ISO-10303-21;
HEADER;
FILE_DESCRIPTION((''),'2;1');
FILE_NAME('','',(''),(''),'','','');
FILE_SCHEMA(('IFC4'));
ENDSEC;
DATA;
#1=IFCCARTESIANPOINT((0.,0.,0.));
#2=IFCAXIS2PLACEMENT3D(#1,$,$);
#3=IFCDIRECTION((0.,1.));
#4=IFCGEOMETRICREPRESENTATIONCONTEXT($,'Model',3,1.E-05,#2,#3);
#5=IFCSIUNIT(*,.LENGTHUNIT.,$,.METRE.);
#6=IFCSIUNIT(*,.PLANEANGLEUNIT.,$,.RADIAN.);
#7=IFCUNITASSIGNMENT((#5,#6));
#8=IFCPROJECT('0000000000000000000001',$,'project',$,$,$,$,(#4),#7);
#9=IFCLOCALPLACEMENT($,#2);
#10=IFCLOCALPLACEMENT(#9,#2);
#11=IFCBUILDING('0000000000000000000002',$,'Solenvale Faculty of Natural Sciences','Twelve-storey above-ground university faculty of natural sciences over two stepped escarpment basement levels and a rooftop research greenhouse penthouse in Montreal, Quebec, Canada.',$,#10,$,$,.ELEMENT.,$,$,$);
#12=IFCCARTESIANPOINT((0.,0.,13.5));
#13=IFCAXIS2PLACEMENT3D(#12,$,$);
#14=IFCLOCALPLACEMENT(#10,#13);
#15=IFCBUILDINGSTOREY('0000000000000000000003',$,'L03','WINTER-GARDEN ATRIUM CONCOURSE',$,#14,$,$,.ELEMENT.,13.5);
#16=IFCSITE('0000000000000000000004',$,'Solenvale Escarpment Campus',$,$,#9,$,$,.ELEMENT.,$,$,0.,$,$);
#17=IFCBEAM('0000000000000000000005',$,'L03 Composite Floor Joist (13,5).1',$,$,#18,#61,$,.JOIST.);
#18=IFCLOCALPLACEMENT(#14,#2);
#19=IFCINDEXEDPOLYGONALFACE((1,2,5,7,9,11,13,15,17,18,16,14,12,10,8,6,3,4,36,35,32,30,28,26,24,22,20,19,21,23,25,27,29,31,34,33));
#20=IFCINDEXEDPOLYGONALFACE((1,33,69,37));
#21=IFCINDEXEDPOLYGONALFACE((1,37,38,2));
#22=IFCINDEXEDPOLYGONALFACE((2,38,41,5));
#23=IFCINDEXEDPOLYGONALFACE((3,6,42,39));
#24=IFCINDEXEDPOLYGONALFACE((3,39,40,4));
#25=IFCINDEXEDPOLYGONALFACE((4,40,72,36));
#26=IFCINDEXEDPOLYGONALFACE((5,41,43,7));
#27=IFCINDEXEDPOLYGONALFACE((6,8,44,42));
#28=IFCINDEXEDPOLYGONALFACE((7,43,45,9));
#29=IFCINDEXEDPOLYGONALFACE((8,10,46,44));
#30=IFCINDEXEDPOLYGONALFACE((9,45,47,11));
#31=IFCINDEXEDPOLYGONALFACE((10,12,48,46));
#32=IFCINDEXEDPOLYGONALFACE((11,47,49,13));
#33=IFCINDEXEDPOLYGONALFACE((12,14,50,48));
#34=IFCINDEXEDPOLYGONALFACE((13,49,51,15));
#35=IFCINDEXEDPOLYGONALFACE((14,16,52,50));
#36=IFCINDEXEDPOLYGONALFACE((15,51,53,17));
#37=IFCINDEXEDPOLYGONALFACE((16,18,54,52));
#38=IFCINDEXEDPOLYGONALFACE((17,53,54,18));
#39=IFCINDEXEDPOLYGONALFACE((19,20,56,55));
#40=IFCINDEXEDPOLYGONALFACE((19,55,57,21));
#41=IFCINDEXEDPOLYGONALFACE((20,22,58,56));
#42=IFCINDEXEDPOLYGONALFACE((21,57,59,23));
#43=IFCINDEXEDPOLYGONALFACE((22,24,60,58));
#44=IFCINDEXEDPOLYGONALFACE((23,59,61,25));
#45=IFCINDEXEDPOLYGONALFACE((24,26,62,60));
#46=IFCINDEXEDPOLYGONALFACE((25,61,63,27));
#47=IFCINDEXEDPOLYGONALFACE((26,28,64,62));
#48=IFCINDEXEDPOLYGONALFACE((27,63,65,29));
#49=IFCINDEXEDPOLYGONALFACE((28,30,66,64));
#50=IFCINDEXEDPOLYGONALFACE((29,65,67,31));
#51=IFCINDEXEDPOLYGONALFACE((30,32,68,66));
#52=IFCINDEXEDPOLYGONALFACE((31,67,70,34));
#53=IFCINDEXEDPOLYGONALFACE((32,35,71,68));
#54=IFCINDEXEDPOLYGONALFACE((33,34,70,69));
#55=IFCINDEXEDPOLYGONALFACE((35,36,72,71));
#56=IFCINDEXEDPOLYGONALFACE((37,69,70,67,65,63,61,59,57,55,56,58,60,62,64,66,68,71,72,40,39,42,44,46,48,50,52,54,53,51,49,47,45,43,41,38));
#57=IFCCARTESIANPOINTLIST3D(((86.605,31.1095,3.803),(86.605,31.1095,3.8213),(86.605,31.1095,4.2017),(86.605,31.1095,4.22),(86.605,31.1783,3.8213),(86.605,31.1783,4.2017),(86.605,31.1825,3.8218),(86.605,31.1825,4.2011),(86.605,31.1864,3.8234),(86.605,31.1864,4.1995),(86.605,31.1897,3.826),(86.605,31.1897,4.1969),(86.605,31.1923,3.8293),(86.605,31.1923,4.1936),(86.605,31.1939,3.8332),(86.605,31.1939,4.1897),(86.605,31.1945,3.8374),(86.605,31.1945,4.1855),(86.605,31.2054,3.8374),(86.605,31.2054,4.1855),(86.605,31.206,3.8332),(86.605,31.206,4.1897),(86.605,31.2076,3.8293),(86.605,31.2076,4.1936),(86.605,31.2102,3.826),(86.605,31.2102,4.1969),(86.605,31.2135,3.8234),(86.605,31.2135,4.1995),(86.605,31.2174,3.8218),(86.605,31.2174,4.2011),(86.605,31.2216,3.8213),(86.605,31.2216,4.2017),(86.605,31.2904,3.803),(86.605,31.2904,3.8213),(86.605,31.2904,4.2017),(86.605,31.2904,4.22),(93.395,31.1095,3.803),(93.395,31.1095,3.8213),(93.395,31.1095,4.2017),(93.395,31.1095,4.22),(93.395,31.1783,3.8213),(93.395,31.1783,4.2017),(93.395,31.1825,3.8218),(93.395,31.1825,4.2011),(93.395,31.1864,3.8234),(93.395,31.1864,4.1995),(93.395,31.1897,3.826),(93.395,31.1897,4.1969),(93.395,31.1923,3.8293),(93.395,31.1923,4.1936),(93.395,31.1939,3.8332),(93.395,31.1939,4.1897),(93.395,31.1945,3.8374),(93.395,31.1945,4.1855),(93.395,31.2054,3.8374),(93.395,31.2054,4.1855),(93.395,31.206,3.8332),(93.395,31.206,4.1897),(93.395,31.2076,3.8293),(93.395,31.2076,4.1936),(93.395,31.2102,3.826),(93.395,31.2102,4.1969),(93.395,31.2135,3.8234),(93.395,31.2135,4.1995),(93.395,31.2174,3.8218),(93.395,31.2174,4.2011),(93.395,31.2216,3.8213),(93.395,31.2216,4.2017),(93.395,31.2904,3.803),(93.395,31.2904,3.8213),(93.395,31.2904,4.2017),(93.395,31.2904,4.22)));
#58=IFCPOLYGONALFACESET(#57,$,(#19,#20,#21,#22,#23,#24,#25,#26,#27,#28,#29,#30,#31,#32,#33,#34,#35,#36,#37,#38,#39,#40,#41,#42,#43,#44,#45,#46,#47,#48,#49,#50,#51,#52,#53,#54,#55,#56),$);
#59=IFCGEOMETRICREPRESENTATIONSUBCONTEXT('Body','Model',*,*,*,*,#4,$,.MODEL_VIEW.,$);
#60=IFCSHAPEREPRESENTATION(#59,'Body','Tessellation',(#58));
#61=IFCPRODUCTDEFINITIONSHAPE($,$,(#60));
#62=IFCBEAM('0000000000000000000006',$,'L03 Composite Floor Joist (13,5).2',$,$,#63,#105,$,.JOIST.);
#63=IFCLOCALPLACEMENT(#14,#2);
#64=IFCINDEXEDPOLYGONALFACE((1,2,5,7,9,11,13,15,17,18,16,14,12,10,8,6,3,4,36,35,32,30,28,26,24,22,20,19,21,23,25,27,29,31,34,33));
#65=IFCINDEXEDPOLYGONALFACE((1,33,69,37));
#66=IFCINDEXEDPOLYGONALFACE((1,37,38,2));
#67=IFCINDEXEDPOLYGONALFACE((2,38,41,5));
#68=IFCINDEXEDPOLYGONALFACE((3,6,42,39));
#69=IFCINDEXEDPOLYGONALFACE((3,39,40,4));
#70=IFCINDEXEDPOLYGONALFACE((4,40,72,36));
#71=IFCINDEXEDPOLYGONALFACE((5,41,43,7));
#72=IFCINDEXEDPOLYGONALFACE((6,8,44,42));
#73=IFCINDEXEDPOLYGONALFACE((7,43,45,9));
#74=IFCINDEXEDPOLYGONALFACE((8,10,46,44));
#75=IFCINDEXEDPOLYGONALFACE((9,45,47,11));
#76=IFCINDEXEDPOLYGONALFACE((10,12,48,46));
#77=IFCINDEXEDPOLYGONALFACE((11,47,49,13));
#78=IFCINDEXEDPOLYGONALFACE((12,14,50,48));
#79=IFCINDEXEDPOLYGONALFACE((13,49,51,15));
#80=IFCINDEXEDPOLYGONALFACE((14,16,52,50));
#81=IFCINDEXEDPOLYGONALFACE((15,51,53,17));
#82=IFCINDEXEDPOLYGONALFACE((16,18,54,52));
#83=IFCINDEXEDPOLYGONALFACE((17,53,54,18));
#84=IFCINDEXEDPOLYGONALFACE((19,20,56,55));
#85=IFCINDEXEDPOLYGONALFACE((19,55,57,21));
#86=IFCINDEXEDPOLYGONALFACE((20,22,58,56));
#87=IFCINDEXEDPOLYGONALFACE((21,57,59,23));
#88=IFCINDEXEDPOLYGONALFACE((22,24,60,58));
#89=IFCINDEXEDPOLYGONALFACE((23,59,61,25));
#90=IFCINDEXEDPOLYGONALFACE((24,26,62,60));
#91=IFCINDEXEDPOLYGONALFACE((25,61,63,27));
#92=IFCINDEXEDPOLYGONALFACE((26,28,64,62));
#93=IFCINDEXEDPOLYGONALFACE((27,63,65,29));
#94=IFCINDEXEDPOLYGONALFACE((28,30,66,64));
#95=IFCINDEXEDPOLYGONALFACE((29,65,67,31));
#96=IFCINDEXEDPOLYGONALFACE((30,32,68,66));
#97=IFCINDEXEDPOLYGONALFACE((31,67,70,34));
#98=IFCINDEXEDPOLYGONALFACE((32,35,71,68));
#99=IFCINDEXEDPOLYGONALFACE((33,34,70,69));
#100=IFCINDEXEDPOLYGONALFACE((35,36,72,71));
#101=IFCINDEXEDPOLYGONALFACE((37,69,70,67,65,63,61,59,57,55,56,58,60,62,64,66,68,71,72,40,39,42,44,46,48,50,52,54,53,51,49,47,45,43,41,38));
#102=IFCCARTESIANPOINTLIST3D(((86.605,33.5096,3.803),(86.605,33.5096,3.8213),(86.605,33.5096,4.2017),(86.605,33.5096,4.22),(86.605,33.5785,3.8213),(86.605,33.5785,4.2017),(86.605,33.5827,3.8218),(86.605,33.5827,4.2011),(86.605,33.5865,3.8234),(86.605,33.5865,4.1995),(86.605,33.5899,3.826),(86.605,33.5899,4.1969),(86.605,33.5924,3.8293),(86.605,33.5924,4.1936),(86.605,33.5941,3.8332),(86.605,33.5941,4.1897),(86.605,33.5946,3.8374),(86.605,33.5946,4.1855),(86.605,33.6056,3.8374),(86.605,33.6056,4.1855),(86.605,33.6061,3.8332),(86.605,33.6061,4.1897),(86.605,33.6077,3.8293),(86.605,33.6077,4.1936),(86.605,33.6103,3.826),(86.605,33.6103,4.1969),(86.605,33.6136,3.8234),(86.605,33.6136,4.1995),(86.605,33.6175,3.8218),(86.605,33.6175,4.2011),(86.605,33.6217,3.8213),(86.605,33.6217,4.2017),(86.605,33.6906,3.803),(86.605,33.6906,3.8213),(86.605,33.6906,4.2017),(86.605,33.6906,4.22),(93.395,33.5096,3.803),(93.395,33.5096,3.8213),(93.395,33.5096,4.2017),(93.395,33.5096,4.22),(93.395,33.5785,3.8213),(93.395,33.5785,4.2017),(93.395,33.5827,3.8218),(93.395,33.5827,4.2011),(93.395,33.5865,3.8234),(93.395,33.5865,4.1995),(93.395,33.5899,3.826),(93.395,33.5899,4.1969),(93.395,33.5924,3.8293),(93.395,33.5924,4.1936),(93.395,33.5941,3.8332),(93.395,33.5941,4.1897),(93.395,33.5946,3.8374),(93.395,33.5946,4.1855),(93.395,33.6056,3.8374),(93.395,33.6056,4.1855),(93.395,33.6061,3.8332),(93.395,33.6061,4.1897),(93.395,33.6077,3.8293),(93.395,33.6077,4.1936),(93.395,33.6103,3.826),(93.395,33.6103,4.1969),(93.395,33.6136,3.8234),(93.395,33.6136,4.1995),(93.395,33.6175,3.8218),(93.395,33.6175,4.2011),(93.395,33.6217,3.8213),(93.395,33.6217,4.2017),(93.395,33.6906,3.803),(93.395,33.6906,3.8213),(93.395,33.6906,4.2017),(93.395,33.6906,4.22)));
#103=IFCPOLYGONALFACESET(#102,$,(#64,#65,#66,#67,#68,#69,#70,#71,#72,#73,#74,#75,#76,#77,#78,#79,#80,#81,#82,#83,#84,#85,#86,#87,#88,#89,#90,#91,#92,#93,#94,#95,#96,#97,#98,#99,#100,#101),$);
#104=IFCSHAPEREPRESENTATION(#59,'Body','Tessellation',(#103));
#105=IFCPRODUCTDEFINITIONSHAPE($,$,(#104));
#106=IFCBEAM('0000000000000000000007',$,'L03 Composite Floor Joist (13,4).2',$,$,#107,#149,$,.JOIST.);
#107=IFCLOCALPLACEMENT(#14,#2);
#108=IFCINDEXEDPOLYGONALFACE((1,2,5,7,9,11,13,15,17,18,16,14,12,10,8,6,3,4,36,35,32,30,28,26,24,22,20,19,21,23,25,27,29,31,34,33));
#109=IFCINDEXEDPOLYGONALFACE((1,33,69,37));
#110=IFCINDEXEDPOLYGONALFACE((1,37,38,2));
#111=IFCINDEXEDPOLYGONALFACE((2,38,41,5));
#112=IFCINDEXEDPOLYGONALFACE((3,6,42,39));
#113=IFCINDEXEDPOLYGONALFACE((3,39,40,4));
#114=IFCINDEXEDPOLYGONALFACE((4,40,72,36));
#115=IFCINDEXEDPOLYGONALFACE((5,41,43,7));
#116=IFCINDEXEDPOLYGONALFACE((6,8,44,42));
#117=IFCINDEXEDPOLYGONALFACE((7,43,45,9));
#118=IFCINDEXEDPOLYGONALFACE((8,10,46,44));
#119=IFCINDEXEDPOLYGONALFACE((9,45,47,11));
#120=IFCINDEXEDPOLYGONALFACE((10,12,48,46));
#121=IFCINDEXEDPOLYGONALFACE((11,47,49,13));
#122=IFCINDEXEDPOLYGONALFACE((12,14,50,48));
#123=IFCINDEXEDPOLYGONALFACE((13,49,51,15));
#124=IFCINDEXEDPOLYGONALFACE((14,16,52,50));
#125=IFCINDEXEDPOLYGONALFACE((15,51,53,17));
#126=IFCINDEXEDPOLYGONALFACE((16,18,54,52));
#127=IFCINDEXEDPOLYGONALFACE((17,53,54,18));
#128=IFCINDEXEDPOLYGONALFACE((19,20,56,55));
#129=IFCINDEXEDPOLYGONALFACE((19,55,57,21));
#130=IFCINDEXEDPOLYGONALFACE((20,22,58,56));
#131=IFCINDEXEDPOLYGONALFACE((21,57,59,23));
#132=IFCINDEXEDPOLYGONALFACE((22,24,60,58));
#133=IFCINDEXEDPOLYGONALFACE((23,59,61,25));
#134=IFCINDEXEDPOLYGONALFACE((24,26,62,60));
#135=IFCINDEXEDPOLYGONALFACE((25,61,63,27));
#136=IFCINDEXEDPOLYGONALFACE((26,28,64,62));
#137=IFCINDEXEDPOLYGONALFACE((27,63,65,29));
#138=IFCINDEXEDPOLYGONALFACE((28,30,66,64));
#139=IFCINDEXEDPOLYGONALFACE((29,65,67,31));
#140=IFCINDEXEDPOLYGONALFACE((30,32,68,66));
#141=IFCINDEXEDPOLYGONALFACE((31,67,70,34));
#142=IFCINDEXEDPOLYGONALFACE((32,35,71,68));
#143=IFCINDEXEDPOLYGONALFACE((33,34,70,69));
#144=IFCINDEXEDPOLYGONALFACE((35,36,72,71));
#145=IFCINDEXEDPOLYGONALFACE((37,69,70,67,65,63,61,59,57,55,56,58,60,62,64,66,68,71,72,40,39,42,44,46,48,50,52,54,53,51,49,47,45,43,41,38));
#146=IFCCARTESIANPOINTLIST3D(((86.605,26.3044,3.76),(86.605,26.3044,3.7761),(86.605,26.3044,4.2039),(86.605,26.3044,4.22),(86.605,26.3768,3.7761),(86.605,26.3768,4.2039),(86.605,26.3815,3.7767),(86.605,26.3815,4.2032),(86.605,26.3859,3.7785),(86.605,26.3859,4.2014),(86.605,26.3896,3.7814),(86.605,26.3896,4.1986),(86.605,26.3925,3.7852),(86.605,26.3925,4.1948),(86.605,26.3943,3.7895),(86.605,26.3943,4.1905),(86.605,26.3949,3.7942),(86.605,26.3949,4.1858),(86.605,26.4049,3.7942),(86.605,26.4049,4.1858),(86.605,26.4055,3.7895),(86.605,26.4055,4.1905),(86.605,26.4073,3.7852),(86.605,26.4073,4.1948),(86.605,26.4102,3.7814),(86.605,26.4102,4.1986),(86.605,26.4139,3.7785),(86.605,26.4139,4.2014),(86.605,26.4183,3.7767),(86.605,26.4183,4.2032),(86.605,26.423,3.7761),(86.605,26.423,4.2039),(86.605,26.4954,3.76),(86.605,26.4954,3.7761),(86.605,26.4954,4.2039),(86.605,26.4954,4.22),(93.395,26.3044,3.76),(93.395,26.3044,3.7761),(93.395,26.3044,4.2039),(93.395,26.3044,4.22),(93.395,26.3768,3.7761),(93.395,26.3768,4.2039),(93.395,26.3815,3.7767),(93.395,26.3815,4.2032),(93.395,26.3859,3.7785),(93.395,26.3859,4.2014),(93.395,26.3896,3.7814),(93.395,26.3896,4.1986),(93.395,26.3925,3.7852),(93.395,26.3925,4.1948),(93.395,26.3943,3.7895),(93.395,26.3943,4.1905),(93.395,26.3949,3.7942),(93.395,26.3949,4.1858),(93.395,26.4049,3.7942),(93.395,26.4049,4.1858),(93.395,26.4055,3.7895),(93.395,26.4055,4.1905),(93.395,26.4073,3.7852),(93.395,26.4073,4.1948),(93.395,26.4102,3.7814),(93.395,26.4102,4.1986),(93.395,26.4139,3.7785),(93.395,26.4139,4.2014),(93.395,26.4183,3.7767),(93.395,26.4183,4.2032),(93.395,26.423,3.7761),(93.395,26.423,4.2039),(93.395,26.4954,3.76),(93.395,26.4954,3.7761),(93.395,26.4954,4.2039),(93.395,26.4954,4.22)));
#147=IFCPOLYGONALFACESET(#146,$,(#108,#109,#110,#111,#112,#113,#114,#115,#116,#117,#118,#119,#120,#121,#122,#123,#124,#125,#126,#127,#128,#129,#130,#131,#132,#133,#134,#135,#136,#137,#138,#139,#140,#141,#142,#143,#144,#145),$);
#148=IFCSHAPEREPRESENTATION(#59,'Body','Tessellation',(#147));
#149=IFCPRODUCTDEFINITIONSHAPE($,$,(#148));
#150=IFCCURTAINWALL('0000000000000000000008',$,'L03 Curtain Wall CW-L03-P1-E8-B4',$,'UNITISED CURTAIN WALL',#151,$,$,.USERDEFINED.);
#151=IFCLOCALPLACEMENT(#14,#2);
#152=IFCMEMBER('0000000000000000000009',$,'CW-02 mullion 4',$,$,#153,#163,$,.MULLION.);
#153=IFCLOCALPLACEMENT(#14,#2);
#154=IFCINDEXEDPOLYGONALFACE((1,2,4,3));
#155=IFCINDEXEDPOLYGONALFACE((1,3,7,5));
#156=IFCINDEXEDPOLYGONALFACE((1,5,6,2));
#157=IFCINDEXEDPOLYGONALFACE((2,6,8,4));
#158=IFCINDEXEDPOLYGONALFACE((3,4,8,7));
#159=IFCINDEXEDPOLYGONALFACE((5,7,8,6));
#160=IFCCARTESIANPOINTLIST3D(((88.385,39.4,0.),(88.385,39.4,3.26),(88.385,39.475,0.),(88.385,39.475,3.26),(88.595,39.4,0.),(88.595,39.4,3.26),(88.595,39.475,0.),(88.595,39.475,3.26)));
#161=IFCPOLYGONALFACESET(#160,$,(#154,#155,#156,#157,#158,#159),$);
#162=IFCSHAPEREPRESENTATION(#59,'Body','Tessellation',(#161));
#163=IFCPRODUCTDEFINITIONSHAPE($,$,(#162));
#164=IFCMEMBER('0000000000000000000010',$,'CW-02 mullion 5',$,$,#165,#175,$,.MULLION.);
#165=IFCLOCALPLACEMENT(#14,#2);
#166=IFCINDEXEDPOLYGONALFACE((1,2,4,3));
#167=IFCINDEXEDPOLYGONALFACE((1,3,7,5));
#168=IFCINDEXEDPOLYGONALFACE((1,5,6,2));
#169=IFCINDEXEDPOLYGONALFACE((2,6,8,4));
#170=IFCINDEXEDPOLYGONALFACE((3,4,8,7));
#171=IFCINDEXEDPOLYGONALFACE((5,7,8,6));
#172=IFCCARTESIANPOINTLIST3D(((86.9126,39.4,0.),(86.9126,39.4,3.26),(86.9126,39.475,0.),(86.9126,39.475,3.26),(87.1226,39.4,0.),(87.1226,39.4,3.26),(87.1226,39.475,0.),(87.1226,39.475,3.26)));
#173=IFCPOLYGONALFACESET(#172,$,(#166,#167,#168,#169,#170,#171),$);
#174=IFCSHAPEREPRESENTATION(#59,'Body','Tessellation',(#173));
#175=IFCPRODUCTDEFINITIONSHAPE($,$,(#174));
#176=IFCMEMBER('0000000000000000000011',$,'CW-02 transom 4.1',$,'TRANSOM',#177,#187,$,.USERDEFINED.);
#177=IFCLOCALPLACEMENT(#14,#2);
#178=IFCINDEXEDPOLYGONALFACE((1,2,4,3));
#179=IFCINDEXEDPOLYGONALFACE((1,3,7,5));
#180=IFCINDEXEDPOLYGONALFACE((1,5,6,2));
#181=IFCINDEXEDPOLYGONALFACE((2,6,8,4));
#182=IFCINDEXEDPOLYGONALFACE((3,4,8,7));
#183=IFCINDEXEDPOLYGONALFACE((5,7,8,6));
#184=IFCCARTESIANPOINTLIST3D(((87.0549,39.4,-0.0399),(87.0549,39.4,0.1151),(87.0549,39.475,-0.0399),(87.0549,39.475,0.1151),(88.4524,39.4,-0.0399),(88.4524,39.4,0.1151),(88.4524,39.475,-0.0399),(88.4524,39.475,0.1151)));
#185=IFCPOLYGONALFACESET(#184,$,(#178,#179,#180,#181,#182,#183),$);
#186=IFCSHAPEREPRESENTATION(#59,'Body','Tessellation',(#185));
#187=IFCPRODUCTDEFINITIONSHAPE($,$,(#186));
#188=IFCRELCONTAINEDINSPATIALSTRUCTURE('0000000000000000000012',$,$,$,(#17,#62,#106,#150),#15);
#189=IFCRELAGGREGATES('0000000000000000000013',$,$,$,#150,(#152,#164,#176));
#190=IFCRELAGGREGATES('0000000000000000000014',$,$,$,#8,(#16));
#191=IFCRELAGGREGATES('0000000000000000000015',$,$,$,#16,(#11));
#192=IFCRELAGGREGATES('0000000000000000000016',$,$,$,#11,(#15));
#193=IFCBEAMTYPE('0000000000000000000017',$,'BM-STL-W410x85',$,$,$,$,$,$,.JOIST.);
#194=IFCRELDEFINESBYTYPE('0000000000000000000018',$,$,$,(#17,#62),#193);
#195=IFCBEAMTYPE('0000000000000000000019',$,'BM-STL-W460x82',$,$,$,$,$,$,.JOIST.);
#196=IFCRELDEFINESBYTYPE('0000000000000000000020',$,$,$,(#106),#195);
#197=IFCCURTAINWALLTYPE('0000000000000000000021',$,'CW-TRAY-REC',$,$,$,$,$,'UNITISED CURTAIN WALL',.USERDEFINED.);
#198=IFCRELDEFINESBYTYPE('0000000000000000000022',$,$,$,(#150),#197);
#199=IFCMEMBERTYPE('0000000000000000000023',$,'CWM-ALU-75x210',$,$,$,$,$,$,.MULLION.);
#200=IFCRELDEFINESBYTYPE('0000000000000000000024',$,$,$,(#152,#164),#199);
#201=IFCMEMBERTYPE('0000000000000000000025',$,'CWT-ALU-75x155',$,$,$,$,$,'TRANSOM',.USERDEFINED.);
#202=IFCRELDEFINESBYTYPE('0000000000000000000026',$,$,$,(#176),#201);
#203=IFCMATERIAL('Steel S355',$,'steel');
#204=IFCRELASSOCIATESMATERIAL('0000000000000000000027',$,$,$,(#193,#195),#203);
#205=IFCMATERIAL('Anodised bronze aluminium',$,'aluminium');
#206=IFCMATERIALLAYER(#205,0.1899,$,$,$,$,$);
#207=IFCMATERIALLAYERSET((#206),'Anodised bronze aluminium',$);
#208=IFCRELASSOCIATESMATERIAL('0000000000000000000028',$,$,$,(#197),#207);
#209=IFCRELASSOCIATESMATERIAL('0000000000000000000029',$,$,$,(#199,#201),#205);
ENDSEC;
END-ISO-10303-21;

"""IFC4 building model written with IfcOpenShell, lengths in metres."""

from ifc_helpers import new_model, si_unit, direction, frame, origin, origin_2d, place, context, subcontext, project, spatial, rectangle, i_section, extrude, material, layer, layer_set, material_profile, profile_set, type_object, element, aggregate, save


model = new_model("IFC4")

# Units and contexts
model_context = context("Model", 3, precision=1e-05, world=origin(), true_north=direction((0.0, 1.0)))
body_context = subcontext(model_context, "Body", "Model", "MODEL_VIEW")
ifc_project = project(units=[si_unit("LENGTHUNIT", "METRE"), si_unit("PLANEANGLEUNIT", "RADIAN")], contexts=[model_context])

# Site, building, storey
site_placement = place(None, origin())
site = spatial("IfcSite", under=ifc_project, at=site_placement, Name="Solenvale Escarpment Campus", CompositionType="ELEMENT", RefElevation=0.0)
building_placement = place(site_placement, origin())
building = spatial("IfcBuilding", under=site, at=building_placement, Name="Solenvale Faculty of Natural Sciences", Description="Twelve-storey above-ground university faculty of natural sciences over two stepped escarpment basement levels and a rooftop research greenhouse penthouse in Montreal, Quebec, Canada.", CompositionType="ELEMENT")
storey_placement = place(building_placement, frame((0.0, 0.0, 13.5)))
storey = spatial("IfcBuildingStorey", under=building, at=storey_placement, Name="L03", Description="WINTER-GARDEN ATRIUM CONCOURSE", CompositionType="ELEMENT", Elevation=13.5)

# Beams
ifc_material_1 = material(Name="Steel S355", Category="steel")
ifc_material_profile_1 = material_profile(ifc_material_1, i_section(OverallWidth=0.1809, OverallDepth=0.417, WebThickness=0.011, FlangeThickness=0.0183, FilletRadius=0.0161, at=origin_2d()), Name="W410x85")
ifc_profile_set_1 = profile_set([ifc_material_profile_1], Name="Steel S355")
beam_type_1 = type_object("IfcBeamType", Name="BM-STL-W410x85", PredefinedType="JOIST", material=ifc_profile_set_1)
for number, where, z_axis, x_axis, name in (
    (1, (86.605, 31.2, 4.0115), (1.0, 0.0, 0.0), (0.0, 1.0, 0.0), "L03 Composite Floor Joist (13,5).1"),
    (2, (86.605, 33.6001, 4.0115), (1.0, 0.0, 0.0), (0.0, 1.0, 0.0), "L03 Composite Floor Joist (13,5).2"),
):
    element("IfcBeam", number, at=place(storey_placement, frame(where, z_axis=z_axis, x_axis=x_axis)), inside=storey, type_object=beam_type_1, Name=name, PredefinedType="JOIST", context=body_context, shape_type="SweptSolid", body=[
        extrude(i_section(OverallWidth=0.1809, OverallDepth=0.417, WebThickness=0.011, FlangeThickness=0.0183, FilletRadius=0.0161, at=origin_2d()), origin(), (0.0, 0.0, 1.0), 6.79),
    ])
ifc_material_profile_2 = material_profile(ifc_material_1, i_section(OverallWidth=0.1909, OverallDepth=0.46, WebThickness=0.01, FlangeThickness=0.0161, FilletRadius=0.0181, at=origin_2d()), Name="W460x82")
ifc_profile_set_2 = profile_set([ifc_material_profile_2], Name="Steel S355")
beam_type_2 = type_object("IfcBeamType", Name="BM-STL-W460x82", PredefinedType="JOIST", material=ifc_profile_set_2)
beam_1_placement = place(storey_placement, frame((86.605, 26.3999, 3.99), z_axis=(1.0, 0.0, 0.0), x_axis=(0.0, 1.0, 0.0)))
element("IfcBeam", 3, at=beam_1_placement, inside=storey, type_object=beam_type_2, Name="L03 Composite Floor Joist (13,4).2", PredefinedType="JOIST", context=body_context, shape_type="SweptSolid", body=[
    extrude(i_section(OverallWidth=0.1909, OverallDepth=0.46, WebThickness=0.01, FlangeThickness=0.0161, FilletRadius=0.0181, at=origin_2d()), origin(), (0.0, 0.0, 1.0), 6.79),
])

# Curtain wall, members
ifc_material_2 = material(Name="Anodised bronze aluminium", Category="aluminium")
ifc_layer_1 = layer(ifc_material_2, 0.1899)
ifc_layer_set_1 = layer_set([ifc_layer_1], Name="Anodised bronze aluminium")
curtain_wall_type = type_object("IfcCurtainWallType", Name="CW-TRAY-REC", ElementType="UNITISED CURTAIN WALL", PredefinedType="USERDEFINED", material=ifc_layer_set_1)
curtain_wall_placement = place(storey_placement, origin())
curtain_wall = element("IfcCurtainWall", 4, at=curtain_wall_placement, inside=storey, type_object=curtain_wall_type, Name="L03 Curtain Wall CW-L03-P1-E8-B4", ObjectType="UNITISED CURTAIN WALL", PredefinedType="USERDEFINED")
ifc_material_profile_3 = material_profile(ifc_material_2, rectangle(XDim=0.075, YDim=0.21, at=origin_2d()), Name="ALU-MUL-75x210")
ifc_profile_set_3 = profile_set([ifc_material_profile_3], Name="Anodised bronze aluminium")
member_type_1 = type_object("IfcMemberType", Name="CWM-ALU-75x210", PredefinedType="MULLION", material=ifc_profile_set_3)
member_1_placement = place(storey_placement, frame((88.49, 39.4375, 0.0), z_axis=(0.0, 0.0, 1.0), x_axis=(0.0, -1.0, 0.0)))
member_1 = element("IfcMember", 5, at=member_1_placement, type_object=member_type_1, Name="CW-02 mullion 4", PredefinedType="MULLION", context=body_context, shape_type="SweptSolid", body=[
    extrude(rectangle(XDim=0.075, YDim=0.21, at=origin_2d()), origin(), (0.0, 0.0, 1.0), 3.26),
])
member_2_placement = place(storey_placement, frame((87.0176, 39.4375, 0.0), z_axis=(0.0, 0.0, 1.0), x_axis=(0.0, -1.0, 0.0)))
member_2 = element("IfcMember", 6, at=member_2_placement, type_object=member_type_1, Name="CW-02 mullion 5", PredefinedType="MULLION", context=body_context, shape_type="SweptSolid", body=[
    extrude(rectangle(XDim=0.075, YDim=0.21, at=origin_2d()), origin(), (0.0, 0.0, 1.0), 3.26),
])
ifc_material_profile_4 = material_profile(ifc_material_2, rectangle(XDim=0.075, YDim=0.155, at=origin_2d()), Name="ALU-TRN-75x155")
ifc_profile_set_4 = profile_set([ifc_material_profile_4], Name="Anodised bronze aluminium")
member_type_2 = type_object("IfcMemberType", Name="CWT-ALU-75x155", ElementType="TRANSOM", PredefinedType="USERDEFINED", material=ifc_profile_set_4)
member_3_placement = place(storey_placement, frame((88.4524, 39.4375, 0.0376), z_axis=(-1.0, 0.0, 0.0), x_axis=(0.0, -1.0, 0.0)))
member_3 = element("IfcMember", 7, at=member_3_placement, type_object=member_type_2, Name="CW-02 transom 4.1", ObjectType="TRANSOM", PredefinedType="USERDEFINED", context=body_context, shape_type="SweptSolid", body=[
    extrude(rectangle(XDim=0.075, YDim=0.155, at=origin_2d()), origin(), (0.0, 0.0, 1.0), 1.3975),
])
aggregate(curtain_wall, [member_1, member_2, member_3])

save(model, "model.ifc")
